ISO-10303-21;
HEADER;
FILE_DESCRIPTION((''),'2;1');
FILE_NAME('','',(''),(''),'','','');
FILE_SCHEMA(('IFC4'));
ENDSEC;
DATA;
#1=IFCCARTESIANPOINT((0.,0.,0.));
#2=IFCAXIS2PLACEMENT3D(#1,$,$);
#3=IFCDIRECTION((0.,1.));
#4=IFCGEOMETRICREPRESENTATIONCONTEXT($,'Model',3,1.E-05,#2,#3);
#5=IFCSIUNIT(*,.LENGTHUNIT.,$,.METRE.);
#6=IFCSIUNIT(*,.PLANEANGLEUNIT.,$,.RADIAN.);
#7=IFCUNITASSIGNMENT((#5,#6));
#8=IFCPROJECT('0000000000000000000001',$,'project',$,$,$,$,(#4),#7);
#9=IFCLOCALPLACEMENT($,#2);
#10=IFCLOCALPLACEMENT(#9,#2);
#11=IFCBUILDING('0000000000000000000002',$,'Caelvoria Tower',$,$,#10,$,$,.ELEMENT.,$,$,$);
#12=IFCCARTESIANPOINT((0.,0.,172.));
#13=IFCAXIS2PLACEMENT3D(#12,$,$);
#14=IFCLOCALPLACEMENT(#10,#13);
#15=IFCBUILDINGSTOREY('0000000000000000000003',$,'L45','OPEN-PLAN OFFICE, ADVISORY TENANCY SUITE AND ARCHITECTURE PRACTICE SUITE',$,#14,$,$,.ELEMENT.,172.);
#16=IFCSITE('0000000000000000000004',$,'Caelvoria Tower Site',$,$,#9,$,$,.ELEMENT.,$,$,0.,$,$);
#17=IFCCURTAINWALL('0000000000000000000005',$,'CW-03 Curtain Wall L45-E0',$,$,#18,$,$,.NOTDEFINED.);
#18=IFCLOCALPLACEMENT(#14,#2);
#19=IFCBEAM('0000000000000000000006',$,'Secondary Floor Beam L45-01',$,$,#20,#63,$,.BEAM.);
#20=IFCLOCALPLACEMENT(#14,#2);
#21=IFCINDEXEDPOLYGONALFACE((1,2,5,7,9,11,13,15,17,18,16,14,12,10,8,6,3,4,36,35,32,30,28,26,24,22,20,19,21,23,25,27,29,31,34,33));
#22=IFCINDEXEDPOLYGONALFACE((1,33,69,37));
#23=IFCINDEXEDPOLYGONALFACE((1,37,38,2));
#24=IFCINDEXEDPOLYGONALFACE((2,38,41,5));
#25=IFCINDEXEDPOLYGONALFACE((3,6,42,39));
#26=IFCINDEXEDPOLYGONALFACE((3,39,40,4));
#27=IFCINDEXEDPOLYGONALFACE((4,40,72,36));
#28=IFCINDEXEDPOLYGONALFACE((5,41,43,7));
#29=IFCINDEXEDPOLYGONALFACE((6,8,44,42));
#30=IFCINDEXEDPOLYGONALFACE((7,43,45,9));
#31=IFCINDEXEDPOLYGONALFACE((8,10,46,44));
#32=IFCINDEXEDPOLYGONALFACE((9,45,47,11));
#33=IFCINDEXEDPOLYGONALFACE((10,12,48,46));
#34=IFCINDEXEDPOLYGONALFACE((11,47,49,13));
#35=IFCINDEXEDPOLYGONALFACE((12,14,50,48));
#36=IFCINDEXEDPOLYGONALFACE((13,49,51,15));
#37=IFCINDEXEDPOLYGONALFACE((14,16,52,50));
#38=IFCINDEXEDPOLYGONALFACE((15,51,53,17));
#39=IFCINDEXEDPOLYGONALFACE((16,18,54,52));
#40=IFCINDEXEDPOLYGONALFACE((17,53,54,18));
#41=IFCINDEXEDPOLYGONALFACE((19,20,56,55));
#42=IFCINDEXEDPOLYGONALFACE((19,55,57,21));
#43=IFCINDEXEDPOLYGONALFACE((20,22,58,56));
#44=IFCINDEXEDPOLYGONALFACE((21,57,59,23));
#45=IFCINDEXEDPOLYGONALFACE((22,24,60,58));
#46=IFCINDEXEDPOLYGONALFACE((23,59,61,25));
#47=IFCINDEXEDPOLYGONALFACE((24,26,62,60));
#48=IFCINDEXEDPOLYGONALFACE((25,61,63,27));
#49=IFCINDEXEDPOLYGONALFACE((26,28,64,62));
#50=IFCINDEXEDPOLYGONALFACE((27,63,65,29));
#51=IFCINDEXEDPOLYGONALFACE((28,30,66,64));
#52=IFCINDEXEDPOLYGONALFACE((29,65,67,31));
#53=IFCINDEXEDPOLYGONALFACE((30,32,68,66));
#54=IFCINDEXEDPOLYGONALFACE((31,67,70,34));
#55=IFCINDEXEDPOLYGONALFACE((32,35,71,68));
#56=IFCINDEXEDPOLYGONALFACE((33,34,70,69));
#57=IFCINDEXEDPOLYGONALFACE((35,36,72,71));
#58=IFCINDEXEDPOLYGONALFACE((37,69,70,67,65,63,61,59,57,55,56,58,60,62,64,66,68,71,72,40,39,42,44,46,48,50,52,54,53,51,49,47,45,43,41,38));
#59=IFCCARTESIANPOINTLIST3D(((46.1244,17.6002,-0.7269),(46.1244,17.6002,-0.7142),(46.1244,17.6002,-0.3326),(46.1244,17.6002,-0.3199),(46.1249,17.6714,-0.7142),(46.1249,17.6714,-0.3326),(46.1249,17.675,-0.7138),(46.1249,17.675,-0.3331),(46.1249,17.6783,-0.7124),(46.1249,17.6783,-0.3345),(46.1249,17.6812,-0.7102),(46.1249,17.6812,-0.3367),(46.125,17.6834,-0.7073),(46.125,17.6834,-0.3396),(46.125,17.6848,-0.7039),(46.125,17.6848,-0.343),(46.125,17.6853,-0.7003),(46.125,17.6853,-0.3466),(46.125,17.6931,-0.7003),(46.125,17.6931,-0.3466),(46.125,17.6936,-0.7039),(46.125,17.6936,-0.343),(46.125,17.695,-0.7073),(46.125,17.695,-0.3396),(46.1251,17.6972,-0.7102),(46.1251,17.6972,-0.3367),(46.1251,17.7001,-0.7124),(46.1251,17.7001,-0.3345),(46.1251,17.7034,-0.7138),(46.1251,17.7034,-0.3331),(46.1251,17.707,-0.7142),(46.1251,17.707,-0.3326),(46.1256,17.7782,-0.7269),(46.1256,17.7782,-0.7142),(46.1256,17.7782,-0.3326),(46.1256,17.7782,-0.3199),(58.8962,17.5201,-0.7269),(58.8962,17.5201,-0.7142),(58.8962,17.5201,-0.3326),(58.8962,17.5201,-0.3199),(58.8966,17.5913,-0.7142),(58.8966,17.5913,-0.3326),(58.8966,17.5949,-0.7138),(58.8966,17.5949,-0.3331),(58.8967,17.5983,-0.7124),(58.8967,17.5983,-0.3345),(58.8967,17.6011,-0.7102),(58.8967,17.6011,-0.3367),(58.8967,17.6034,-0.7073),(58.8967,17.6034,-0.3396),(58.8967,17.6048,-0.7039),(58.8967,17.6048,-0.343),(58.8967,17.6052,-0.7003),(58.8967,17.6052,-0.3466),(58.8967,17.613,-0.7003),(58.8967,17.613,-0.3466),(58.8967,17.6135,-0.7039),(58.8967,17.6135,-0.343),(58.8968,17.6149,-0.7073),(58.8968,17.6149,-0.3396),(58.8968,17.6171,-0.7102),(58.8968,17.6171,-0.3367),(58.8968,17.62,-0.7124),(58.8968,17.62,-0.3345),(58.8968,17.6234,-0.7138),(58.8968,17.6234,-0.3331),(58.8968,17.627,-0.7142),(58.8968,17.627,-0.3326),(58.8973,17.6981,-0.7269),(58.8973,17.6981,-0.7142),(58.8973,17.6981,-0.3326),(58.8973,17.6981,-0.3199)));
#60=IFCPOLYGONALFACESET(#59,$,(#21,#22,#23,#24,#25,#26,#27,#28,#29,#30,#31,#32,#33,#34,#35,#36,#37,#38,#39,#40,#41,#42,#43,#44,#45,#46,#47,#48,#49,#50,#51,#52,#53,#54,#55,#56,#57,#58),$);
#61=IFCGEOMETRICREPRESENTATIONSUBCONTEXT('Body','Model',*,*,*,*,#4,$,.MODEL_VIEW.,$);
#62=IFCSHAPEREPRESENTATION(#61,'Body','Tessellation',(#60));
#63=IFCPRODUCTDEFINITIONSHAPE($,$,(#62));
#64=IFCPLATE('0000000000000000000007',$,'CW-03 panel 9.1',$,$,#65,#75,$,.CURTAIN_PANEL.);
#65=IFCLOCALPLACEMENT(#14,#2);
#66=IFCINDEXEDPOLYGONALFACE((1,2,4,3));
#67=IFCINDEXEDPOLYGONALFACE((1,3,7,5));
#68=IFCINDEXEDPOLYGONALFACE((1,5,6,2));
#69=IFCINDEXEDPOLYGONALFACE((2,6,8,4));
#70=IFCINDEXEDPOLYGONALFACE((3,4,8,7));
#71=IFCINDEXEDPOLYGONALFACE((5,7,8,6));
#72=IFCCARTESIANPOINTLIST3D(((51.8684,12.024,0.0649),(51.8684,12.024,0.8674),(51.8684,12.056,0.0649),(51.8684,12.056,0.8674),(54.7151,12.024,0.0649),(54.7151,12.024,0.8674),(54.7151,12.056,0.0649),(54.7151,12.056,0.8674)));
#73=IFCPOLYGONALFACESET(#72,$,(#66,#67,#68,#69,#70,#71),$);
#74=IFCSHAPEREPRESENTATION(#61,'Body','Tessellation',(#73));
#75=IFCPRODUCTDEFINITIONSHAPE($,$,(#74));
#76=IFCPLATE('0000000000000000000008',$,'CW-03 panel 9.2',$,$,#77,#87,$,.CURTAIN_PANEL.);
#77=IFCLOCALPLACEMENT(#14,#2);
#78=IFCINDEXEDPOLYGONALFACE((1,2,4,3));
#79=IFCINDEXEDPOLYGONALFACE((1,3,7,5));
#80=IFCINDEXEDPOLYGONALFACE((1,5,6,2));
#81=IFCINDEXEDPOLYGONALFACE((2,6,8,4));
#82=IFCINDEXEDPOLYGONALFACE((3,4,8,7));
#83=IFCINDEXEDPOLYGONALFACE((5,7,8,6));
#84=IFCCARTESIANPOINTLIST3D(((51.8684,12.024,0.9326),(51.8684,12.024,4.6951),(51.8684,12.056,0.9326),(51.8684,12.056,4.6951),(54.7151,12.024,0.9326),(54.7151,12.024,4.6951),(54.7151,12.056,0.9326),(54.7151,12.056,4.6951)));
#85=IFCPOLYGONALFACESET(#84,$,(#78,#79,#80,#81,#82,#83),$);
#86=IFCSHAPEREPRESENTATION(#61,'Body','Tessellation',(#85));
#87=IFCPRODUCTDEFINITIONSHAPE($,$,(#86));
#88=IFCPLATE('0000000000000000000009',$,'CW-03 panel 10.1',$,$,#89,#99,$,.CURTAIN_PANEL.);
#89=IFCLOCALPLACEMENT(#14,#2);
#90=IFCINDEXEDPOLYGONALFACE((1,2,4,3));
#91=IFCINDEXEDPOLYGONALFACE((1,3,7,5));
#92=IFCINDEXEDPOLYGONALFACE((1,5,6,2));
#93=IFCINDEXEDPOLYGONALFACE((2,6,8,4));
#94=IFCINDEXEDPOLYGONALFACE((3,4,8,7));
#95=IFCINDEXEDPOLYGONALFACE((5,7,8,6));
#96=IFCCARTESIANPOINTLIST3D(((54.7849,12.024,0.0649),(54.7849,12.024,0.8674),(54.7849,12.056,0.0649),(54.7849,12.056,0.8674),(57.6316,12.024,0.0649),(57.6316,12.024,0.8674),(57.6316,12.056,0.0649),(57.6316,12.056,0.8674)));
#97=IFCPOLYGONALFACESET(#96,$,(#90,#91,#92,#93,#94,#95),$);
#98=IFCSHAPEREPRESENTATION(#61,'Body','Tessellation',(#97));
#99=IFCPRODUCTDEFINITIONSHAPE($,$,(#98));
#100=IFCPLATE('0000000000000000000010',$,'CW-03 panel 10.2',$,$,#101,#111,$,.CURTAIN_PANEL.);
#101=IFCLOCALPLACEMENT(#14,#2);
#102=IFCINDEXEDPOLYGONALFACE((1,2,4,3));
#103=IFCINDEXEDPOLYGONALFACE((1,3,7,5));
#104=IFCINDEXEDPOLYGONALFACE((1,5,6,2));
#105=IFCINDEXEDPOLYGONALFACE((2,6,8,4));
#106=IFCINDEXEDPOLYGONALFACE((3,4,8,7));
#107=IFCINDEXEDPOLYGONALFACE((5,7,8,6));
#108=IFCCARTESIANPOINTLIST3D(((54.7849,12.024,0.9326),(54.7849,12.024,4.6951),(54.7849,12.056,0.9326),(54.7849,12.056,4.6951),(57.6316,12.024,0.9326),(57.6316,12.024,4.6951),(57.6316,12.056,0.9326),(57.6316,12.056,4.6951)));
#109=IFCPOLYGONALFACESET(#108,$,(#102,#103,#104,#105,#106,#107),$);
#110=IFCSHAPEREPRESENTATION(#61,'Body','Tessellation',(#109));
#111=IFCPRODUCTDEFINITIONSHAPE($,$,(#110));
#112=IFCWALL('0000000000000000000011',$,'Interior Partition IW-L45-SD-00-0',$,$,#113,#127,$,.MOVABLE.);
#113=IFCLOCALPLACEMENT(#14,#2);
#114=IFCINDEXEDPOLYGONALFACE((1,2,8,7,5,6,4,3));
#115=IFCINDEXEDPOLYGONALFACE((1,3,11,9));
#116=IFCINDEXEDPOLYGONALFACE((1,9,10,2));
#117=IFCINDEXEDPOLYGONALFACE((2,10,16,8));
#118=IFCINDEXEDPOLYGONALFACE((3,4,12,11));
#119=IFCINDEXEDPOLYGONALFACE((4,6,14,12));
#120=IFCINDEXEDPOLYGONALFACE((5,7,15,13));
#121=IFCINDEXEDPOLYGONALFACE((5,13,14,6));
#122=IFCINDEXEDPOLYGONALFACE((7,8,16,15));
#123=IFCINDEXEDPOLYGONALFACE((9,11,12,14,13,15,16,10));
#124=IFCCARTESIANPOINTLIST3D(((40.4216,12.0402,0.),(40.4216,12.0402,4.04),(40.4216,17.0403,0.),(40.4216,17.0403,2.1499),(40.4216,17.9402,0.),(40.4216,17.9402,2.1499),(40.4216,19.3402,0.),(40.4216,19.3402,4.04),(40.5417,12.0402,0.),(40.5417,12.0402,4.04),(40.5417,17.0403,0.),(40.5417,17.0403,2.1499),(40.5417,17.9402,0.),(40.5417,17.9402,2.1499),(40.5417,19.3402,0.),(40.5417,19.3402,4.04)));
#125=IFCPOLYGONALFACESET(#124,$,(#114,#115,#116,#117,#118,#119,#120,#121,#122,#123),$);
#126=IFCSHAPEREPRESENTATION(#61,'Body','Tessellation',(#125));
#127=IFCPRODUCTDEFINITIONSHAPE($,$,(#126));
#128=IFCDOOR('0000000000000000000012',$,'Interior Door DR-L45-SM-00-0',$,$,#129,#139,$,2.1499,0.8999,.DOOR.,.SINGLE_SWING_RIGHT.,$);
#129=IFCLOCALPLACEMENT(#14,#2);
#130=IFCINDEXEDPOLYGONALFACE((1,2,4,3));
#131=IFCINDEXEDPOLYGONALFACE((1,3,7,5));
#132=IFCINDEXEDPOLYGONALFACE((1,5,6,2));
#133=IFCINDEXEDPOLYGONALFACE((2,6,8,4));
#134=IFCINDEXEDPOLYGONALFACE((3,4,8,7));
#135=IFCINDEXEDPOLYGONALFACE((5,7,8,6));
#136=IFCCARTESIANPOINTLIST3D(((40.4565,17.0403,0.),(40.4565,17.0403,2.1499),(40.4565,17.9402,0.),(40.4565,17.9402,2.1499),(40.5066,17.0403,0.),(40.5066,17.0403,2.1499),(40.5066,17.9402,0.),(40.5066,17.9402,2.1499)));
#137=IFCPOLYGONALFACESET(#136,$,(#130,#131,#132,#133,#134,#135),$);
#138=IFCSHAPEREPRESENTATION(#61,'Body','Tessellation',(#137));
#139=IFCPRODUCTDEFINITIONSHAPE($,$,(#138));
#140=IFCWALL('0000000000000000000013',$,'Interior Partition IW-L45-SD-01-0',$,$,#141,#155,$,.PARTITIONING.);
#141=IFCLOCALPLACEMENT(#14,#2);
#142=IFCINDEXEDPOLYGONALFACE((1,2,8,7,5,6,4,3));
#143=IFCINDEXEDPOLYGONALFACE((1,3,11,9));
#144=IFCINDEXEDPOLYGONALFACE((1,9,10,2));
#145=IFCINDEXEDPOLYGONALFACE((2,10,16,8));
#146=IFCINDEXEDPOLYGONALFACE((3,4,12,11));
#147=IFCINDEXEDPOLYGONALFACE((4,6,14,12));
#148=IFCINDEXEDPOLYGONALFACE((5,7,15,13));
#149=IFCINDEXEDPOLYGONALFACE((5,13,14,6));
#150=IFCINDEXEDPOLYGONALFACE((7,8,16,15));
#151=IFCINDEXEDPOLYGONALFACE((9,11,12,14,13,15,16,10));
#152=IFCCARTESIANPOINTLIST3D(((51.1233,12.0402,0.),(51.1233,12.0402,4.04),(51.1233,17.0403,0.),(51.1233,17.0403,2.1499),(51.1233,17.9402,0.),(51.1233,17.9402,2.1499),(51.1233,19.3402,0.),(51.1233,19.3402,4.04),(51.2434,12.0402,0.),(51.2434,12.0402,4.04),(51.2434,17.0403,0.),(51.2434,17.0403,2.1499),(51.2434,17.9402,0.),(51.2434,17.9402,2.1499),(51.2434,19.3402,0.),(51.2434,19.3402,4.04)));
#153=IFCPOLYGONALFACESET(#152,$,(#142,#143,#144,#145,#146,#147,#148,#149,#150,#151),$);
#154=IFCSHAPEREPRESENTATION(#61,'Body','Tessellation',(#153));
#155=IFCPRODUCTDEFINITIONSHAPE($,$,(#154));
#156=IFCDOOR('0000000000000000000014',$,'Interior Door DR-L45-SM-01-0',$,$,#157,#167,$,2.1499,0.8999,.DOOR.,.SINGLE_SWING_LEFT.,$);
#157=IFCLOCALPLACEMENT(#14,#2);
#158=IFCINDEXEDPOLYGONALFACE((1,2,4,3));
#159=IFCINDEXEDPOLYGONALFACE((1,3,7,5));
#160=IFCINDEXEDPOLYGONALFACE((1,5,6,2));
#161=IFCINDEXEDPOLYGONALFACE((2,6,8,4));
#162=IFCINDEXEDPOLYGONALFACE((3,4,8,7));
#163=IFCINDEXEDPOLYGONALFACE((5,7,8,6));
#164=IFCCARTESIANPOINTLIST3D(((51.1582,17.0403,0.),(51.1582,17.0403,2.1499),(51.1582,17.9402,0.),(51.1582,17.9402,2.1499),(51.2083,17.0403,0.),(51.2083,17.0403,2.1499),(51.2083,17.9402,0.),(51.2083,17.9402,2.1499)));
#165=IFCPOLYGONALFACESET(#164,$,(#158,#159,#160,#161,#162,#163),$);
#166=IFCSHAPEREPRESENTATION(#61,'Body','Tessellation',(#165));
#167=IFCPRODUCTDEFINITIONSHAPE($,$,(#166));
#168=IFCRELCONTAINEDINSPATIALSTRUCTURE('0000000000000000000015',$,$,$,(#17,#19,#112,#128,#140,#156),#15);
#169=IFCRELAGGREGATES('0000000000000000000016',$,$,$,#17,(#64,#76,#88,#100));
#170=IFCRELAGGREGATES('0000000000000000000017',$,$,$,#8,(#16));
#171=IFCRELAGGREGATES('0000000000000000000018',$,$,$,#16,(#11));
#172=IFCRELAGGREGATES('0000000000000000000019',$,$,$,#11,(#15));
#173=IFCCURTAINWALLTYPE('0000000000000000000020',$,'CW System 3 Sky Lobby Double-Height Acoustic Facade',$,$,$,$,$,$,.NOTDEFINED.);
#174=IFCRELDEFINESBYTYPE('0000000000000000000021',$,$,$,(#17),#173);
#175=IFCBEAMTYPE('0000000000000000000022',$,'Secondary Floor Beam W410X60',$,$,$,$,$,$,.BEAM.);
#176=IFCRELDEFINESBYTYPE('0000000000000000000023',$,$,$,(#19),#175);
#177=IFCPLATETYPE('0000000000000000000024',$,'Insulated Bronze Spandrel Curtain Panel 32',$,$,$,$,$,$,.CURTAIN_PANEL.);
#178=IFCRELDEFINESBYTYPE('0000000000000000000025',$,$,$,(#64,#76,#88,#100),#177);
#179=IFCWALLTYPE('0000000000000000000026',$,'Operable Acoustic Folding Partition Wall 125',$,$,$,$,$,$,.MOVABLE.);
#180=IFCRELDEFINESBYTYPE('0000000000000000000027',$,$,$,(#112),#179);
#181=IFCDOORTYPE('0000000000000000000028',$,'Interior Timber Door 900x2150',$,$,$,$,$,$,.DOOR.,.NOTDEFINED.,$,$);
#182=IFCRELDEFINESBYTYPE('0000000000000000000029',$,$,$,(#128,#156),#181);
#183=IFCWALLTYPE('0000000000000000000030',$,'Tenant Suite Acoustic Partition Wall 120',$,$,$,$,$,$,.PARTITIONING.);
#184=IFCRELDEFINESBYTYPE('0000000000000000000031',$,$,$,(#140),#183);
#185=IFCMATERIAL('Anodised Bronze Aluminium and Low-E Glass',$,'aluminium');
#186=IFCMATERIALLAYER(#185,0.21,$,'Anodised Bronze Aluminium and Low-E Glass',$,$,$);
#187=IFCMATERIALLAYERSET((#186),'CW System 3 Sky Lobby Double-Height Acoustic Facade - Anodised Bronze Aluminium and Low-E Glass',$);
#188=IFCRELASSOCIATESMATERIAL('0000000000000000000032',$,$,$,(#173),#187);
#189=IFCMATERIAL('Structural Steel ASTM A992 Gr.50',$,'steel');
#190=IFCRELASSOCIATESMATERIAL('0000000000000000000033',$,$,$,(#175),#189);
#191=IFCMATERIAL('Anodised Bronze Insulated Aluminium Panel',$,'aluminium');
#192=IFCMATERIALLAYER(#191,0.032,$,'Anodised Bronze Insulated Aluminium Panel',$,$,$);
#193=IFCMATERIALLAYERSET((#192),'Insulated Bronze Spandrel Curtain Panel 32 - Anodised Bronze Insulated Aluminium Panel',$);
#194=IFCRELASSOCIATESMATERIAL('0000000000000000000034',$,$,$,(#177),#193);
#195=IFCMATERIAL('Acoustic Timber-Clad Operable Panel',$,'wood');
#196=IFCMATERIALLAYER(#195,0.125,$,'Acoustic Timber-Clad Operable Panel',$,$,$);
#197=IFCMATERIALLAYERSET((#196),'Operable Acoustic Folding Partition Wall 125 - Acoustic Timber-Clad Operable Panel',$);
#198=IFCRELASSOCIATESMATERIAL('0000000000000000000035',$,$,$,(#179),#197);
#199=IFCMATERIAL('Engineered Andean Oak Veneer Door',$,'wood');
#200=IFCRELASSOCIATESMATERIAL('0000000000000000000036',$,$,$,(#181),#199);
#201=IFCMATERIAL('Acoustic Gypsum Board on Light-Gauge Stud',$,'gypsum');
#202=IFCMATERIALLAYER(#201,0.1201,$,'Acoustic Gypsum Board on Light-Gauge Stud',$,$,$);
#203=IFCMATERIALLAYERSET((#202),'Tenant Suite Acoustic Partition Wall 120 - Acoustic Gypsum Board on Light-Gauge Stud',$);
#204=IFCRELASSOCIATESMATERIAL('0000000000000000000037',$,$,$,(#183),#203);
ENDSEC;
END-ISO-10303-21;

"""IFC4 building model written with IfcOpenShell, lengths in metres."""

from ifc_helpers import new_model, si_unit, direction, frame, frame_2d, origin, origin_2d, place, context, subcontext, project, spatial, rectangle, i_section, extrude, material, layer, layer_set, material_profile, profile_set, type_object, element, fill, aggregate, save


model = new_model("IFC4")

# Units and contexts
model_context = context("Model", 3, precision=1e-05, world=origin(), true_north=direction((0.0, 1.0)))
body_context = subcontext(model_context, "Body", "Model", "MODEL_VIEW")
ifc_project = project(units=[si_unit("LENGTHUNIT", "METRE"), si_unit("PLANEANGLEUNIT", "RADIAN")], contexts=[model_context])

# Site, building, storey
site_placement = place(None, origin())
site = spatial("IfcSite", under=ifc_project, at=site_placement, Name="Caelvoria Tower Site", CompositionType="ELEMENT", RefElevation=0.0)
building_placement = place(site_placement, origin())
building = spatial("IfcBuilding", under=site, at=building_placement, Name="Caelvoria Tower", CompositionType="ELEMENT")
storey_placement = place(building_placement, frame((0.0, 0.0, 172.0)))
storey = spatial("IfcBuildingStorey", under=building, at=storey_placement, Name="L45", Description="OPEN-PLAN OFFICE, ADVISORY TENANCY SUITE AND ARCHITECTURE PRACTICE SUITE", CompositionType="ELEMENT", Elevation=172.0)

# Shared definitions
ifc_material_1 = material(Name="Structural Steel ASTM A992 Gr.50", Category="steel")

# Curtain wall
ifc_material_2 = material(Name="Anodised Bronze Aluminium and Low-E Glass", Category="aluminium")
ifc_layer_1 = layer(ifc_material_2, 0.21, Name="Anodised Bronze Aluminium and Low-E Glass")
ifc_layer_set_1 = layer_set([ifc_layer_1], Name="CW System 3 Sky Lobby Double-Height Acoustic Facade - Anodised Bronze Aluminium and Low-E Glass")
curtain_wall_type = type_object("IfcCurtainWallType", Name="CW System 3 Sky Lobby Double-Height Acoustic Facade", PredefinedType="NOTDEFINED", material=ifc_layer_set_1)
curtain_wall_placement = place(storey_placement, origin())
curtain_wall = element("IfcCurtainWall", 1, at=curtain_wall_placement, inside=storey, type_object=curtain_wall_type, Name="CW-03 Curtain Wall L45-E0", PredefinedType="NOTDEFINED")

# Beam
ifc_material_profile_1 = material_profile(ifc_material_1, i_section(OverallWidth=0.178, OverallDepth=0.407, WebThickness=0.0078, FlangeThickness=0.0127, FilletRadius=0.0139, at=origin_2d()), Name="Structural Steel ASTM A992 Gr.50")
ifc_profile_set_1 = profile_set([ifc_material_profile_1], Name="W410X60 - Structural Steel ASTM A992 Gr.50")
beam_type_1 = type_object("IfcBeamType", Name="Secondary Floor Beam W410X60", PredefinedType="BEAM", material=ifc_profile_set_1)
beam_1_placement = place(storey_placement, frame((46.125, 17.6892, -0.5234), z_axis=(0.99998, -0.00627, 0.0), x_axis=(0.00627, 0.99998, 0.0)))
element("IfcBeam", 2, at=beam_1_placement, inside=storey, type_object=beam_type_1, Name="Secondary Floor Beam L45-01", PredefinedType="BEAM", context=body_context, shape_type="SweptSolid", body=[
    extrude(i_section(OverallWidth=0.178, OverallDepth=0.407, WebThickness=0.0078, FlangeThickness=0.0127, FilletRadius=0.0139, at=origin_2d()), origin(), (0.0, 0.0, 1.0), 12.772),
])

# Plates
ifc_material_3 = material(Name="Anodised Bronze Insulated Aluminium Panel", Category="aluminium")
ifc_layer_2 = layer(ifc_material_3, 0.032, Name="Anodised Bronze Insulated Aluminium Panel")
ifc_layer_set_2 = layer_set([ifc_layer_2], Name="Insulated Bronze Spandrel Curtain Panel 32 - Anodised Bronze Insulated Aluminium Panel")
plate_type = type_object("IfcPlateType", Name="Insulated Bronze Spandrel Curtain Panel 32", PredefinedType="CURTAIN_PANEL", material=ifc_layer_set_2)
plate_1_placement = place(storey_placement, frame((53.2917, 12.04, 0.0649), z_axis=(0.0, 0.0, 1.0), x_axis=(1.0, 0.0, 0.0)))
plate_1 = element("IfcPlate", 3, at=plate_1_placement, type_object=plate_type, Name="CW-03 panel 9.1", PredefinedType="CURTAIN_PANEL", context=body_context, shape_type="SweptSolid", body=[
    extrude(rectangle(XDim=2.8467, YDim=0.032, at=origin_2d()), origin(), (0.0, 0.0, 1.0), 0.8025),
])
plate_2_placement = place(storey_placement, frame((53.2917, 12.04, 0.9326), z_axis=(0.0, 0.0, 1.0), x_axis=(1.0, 0.0, 0.0)))
plate_2 = element("IfcPlate", 4, at=plate_2_placement, type_object=plate_type, Name="CW-03 panel 9.2", PredefinedType="CURTAIN_PANEL", context=body_context, shape_type="SweptSolid", body=[
    extrude(rectangle(XDim=2.8467, YDim=0.032, at=origin_2d()), origin(), (0.0, 0.0, 1.0), 3.7625),
])
plate_3_placement = place(storey_placement, frame((56.2083, 12.04, 0.0649), z_axis=(0.0, 0.0, 1.0), x_axis=(1.0, 0.0, 0.0)))
plate_3 = element("IfcPlate", 5, at=plate_3_placement, type_object=plate_type, Name="CW-03 panel 10.1", PredefinedType="CURTAIN_PANEL", context=body_context, shape_type="SweptSolid", body=[
    extrude(rectangle(XDim=2.8467, YDim=0.032, at=origin_2d()), origin(), (0.0, 0.0, 1.0), 0.8025),
])
plate_4_placement = place(storey_placement, frame((56.2083, 12.04, 0.9326), z_axis=(0.0, 0.0, 1.0), x_axis=(1.0, 0.0, 0.0)))
plate_4 = element("IfcPlate", 6, at=plate_4_placement, type_object=plate_type, Name="CW-03 panel 10.2", PredefinedType="CURTAIN_PANEL", context=body_context, shape_type="SweptSolid", body=[
    extrude(rectangle(XDim=2.8467, YDim=0.032, at=origin_2d()), origin(), (0.0, 0.0, 1.0), 3.7625),
])
aggregate(curtain_wall, [plate_1, plate_2, plate_3, plate_4])

# Walls, openings, doors
ifc_material_4 = material(Name="Acoustic Timber-Clad Operable Panel", Category="wood")
ifc_layer_3 = layer(ifc_material_4, 0.125, Name="Acoustic Timber-Clad Operable Panel")
ifc_layer_set_3 = layer_set([ifc_layer_3], Name="Operable Acoustic Folding Partition Wall 125 - Acoustic Timber-Clad Operable Panel")
wall_type_1 = type_object("IfcWallType", Name="Operable Acoustic Folding Partition Wall 125", PredefinedType="MOVABLE", material=ifc_layer_set_3)
wall_1_placement = place(storey_placement, frame((40.4817, 19.3401, 0.0), z_axis=(0.0, 0.0, 1.0), x_axis=(0.0, -1.0, 0.0)))
wall_1 = element("IfcWall", 7, at=wall_1_placement, inside=storey, type_object=wall_type_1, Name="Interior Partition IW-L45-SD-00-0", PredefinedType="MOVABLE", context=body_context, shape_type="SweptSolid", body=[
    extrude(rectangle(XDim=7.3, YDim=0.1201, at=frame_2d((3.6499, 0.0))), origin(), (0.0, 0.0, 1.0), 4.04),
])
opening_1_placement = place(wall_1_placement, frame((1.3999, 0.0, 0.0)))
opening_1 = element("IfcOpeningElement", 8, at=opening_1_placement, cuts=wall_1, PredefinedType="OPENING", context=body_context, shape_type="SweptSolid", body=[
    extrude(rectangle(XDim=0.8999, YDim=2.1499, at=frame_2d((0.45, 1.075))), frame((0.0, 0.0701, 0.0), z_axis=(0.0, -1.0, 0.0), x_axis=(1.0, 0.0, 0.0)), (0.0, 0.0, 1.0), 0.1401),
])
ifc_material_5 = material(Name="Engineered Andean Oak Veneer Door", Category="wood")
door_type = type_object("IfcDoorType", Name="Interior Timber Door 900x2150", OperationType="NOTDEFINED", PredefinedType="DOOR", material=ifc_material_5)
door_1_placement = place(opening_1_placement, origin())
door_1 = element("IfcDoor", 9, at=door_1_placement, inside=storey, type_object=door_type, Name="Interior Door DR-L45-SM-00-0", OperationType="SINGLE_SWING_RIGHT", OverallHeight=2.1499, OverallWidth=0.8999, PredefinedType="DOOR", context=body_context, shape_type="SweptSolid", body=[
    extrude(rectangle(XDim=0.8999, YDim=2.1499, at=frame_2d((0.45, 1.075))), frame((0.0, 0.0249, 0.0), z_axis=(0.0, -1.0, 0.0), x_axis=(1.0, 0.0, 0.0)), (0.0, 0.0, 1.0), 0.05),
])
fill(opening_1, door_1)
ifc_material_6 = material(Name="Acoustic Gypsum Board on Light-Gauge Stud", Category="gypsum")
ifc_layer_4 = layer(ifc_material_6, 0.1201, Name="Acoustic Gypsum Board on Light-Gauge Stud")
ifc_layer_set_4 = layer_set([ifc_layer_4], Name="Tenant Suite Acoustic Partition Wall 120 - Acoustic Gypsum Board on Light-Gauge Stud")
wall_type_2 = type_object("IfcWallType", Name="Tenant Suite Acoustic Partition Wall 120", PredefinedType="PARTITIONING", material=ifc_layer_set_4)
wall_2_placement = place(storey_placement, frame((51.1833, 19.3401, 0.0), z_axis=(0.0, 0.0, 1.0), x_axis=(0.0, -1.0, 0.0)))
wall_2 = element("IfcWall", 10, at=wall_2_placement, inside=storey, type_object=wall_type_2, Name="Interior Partition IW-L45-SD-01-0", PredefinedType="PARTITIONING", context=body_context, shape_type="SweptSolid", body=[
    extrude(rectangle(XDim=7.3, YDim=0.1201, at=frame_2d((3.6499, 0.0))), origin(), (0.0, 0.0, 1.0), 4.04),
])
opening_2_placement = place(wall_2_placement, frame((1.3999, 0.0, 0.0)))
opening_2 = element("IfcOpeningElement", 11, at=opening_2_placement, cuts=wall_2, PredefinedType="OPENING", context=body_context, shape_type="SweptSolid", body=[
    extrude(rectangle(XDim=0.8999, YDim=2.1499, at=frame_2d((0.45, 1.075))), frame((0.0, 0.0701, 0.0), z_axis=(0.0, -1.0, 0.0), x_axis=(1.0, 0.0, 0.0)), (0.0, 0.0, 1.0), 0.1401),
])
door_2_placement = place(opening_2_placement, origin())
door_2 = element("IfcDoor", 12, at=door_2_placement, inside=storey, type_object=door_type, Name="Interior Door DR-L45-SM-01-0", OperationType="SINGLE_SWING_LEFT", OverallHeight=2.1499, OverallWidth=0.8999, PredefinedType="DOOR", context=body_context, shape_type="SweptSolid", body=[
    extrude(rectangle(XDim=0.8999, YDim=2.1499, at=frame_2d((0.45, 1.075))), frame((0.0, 0.0249, 0.0), z_axis=(0.0, -1.0, 0.0), x_axis=(1.0, 0.0, 0.0)), (0.0, 0.0, 1.0), 0.05),
])
fill(opening_2, door_2)

save(model, "model.ifc")
